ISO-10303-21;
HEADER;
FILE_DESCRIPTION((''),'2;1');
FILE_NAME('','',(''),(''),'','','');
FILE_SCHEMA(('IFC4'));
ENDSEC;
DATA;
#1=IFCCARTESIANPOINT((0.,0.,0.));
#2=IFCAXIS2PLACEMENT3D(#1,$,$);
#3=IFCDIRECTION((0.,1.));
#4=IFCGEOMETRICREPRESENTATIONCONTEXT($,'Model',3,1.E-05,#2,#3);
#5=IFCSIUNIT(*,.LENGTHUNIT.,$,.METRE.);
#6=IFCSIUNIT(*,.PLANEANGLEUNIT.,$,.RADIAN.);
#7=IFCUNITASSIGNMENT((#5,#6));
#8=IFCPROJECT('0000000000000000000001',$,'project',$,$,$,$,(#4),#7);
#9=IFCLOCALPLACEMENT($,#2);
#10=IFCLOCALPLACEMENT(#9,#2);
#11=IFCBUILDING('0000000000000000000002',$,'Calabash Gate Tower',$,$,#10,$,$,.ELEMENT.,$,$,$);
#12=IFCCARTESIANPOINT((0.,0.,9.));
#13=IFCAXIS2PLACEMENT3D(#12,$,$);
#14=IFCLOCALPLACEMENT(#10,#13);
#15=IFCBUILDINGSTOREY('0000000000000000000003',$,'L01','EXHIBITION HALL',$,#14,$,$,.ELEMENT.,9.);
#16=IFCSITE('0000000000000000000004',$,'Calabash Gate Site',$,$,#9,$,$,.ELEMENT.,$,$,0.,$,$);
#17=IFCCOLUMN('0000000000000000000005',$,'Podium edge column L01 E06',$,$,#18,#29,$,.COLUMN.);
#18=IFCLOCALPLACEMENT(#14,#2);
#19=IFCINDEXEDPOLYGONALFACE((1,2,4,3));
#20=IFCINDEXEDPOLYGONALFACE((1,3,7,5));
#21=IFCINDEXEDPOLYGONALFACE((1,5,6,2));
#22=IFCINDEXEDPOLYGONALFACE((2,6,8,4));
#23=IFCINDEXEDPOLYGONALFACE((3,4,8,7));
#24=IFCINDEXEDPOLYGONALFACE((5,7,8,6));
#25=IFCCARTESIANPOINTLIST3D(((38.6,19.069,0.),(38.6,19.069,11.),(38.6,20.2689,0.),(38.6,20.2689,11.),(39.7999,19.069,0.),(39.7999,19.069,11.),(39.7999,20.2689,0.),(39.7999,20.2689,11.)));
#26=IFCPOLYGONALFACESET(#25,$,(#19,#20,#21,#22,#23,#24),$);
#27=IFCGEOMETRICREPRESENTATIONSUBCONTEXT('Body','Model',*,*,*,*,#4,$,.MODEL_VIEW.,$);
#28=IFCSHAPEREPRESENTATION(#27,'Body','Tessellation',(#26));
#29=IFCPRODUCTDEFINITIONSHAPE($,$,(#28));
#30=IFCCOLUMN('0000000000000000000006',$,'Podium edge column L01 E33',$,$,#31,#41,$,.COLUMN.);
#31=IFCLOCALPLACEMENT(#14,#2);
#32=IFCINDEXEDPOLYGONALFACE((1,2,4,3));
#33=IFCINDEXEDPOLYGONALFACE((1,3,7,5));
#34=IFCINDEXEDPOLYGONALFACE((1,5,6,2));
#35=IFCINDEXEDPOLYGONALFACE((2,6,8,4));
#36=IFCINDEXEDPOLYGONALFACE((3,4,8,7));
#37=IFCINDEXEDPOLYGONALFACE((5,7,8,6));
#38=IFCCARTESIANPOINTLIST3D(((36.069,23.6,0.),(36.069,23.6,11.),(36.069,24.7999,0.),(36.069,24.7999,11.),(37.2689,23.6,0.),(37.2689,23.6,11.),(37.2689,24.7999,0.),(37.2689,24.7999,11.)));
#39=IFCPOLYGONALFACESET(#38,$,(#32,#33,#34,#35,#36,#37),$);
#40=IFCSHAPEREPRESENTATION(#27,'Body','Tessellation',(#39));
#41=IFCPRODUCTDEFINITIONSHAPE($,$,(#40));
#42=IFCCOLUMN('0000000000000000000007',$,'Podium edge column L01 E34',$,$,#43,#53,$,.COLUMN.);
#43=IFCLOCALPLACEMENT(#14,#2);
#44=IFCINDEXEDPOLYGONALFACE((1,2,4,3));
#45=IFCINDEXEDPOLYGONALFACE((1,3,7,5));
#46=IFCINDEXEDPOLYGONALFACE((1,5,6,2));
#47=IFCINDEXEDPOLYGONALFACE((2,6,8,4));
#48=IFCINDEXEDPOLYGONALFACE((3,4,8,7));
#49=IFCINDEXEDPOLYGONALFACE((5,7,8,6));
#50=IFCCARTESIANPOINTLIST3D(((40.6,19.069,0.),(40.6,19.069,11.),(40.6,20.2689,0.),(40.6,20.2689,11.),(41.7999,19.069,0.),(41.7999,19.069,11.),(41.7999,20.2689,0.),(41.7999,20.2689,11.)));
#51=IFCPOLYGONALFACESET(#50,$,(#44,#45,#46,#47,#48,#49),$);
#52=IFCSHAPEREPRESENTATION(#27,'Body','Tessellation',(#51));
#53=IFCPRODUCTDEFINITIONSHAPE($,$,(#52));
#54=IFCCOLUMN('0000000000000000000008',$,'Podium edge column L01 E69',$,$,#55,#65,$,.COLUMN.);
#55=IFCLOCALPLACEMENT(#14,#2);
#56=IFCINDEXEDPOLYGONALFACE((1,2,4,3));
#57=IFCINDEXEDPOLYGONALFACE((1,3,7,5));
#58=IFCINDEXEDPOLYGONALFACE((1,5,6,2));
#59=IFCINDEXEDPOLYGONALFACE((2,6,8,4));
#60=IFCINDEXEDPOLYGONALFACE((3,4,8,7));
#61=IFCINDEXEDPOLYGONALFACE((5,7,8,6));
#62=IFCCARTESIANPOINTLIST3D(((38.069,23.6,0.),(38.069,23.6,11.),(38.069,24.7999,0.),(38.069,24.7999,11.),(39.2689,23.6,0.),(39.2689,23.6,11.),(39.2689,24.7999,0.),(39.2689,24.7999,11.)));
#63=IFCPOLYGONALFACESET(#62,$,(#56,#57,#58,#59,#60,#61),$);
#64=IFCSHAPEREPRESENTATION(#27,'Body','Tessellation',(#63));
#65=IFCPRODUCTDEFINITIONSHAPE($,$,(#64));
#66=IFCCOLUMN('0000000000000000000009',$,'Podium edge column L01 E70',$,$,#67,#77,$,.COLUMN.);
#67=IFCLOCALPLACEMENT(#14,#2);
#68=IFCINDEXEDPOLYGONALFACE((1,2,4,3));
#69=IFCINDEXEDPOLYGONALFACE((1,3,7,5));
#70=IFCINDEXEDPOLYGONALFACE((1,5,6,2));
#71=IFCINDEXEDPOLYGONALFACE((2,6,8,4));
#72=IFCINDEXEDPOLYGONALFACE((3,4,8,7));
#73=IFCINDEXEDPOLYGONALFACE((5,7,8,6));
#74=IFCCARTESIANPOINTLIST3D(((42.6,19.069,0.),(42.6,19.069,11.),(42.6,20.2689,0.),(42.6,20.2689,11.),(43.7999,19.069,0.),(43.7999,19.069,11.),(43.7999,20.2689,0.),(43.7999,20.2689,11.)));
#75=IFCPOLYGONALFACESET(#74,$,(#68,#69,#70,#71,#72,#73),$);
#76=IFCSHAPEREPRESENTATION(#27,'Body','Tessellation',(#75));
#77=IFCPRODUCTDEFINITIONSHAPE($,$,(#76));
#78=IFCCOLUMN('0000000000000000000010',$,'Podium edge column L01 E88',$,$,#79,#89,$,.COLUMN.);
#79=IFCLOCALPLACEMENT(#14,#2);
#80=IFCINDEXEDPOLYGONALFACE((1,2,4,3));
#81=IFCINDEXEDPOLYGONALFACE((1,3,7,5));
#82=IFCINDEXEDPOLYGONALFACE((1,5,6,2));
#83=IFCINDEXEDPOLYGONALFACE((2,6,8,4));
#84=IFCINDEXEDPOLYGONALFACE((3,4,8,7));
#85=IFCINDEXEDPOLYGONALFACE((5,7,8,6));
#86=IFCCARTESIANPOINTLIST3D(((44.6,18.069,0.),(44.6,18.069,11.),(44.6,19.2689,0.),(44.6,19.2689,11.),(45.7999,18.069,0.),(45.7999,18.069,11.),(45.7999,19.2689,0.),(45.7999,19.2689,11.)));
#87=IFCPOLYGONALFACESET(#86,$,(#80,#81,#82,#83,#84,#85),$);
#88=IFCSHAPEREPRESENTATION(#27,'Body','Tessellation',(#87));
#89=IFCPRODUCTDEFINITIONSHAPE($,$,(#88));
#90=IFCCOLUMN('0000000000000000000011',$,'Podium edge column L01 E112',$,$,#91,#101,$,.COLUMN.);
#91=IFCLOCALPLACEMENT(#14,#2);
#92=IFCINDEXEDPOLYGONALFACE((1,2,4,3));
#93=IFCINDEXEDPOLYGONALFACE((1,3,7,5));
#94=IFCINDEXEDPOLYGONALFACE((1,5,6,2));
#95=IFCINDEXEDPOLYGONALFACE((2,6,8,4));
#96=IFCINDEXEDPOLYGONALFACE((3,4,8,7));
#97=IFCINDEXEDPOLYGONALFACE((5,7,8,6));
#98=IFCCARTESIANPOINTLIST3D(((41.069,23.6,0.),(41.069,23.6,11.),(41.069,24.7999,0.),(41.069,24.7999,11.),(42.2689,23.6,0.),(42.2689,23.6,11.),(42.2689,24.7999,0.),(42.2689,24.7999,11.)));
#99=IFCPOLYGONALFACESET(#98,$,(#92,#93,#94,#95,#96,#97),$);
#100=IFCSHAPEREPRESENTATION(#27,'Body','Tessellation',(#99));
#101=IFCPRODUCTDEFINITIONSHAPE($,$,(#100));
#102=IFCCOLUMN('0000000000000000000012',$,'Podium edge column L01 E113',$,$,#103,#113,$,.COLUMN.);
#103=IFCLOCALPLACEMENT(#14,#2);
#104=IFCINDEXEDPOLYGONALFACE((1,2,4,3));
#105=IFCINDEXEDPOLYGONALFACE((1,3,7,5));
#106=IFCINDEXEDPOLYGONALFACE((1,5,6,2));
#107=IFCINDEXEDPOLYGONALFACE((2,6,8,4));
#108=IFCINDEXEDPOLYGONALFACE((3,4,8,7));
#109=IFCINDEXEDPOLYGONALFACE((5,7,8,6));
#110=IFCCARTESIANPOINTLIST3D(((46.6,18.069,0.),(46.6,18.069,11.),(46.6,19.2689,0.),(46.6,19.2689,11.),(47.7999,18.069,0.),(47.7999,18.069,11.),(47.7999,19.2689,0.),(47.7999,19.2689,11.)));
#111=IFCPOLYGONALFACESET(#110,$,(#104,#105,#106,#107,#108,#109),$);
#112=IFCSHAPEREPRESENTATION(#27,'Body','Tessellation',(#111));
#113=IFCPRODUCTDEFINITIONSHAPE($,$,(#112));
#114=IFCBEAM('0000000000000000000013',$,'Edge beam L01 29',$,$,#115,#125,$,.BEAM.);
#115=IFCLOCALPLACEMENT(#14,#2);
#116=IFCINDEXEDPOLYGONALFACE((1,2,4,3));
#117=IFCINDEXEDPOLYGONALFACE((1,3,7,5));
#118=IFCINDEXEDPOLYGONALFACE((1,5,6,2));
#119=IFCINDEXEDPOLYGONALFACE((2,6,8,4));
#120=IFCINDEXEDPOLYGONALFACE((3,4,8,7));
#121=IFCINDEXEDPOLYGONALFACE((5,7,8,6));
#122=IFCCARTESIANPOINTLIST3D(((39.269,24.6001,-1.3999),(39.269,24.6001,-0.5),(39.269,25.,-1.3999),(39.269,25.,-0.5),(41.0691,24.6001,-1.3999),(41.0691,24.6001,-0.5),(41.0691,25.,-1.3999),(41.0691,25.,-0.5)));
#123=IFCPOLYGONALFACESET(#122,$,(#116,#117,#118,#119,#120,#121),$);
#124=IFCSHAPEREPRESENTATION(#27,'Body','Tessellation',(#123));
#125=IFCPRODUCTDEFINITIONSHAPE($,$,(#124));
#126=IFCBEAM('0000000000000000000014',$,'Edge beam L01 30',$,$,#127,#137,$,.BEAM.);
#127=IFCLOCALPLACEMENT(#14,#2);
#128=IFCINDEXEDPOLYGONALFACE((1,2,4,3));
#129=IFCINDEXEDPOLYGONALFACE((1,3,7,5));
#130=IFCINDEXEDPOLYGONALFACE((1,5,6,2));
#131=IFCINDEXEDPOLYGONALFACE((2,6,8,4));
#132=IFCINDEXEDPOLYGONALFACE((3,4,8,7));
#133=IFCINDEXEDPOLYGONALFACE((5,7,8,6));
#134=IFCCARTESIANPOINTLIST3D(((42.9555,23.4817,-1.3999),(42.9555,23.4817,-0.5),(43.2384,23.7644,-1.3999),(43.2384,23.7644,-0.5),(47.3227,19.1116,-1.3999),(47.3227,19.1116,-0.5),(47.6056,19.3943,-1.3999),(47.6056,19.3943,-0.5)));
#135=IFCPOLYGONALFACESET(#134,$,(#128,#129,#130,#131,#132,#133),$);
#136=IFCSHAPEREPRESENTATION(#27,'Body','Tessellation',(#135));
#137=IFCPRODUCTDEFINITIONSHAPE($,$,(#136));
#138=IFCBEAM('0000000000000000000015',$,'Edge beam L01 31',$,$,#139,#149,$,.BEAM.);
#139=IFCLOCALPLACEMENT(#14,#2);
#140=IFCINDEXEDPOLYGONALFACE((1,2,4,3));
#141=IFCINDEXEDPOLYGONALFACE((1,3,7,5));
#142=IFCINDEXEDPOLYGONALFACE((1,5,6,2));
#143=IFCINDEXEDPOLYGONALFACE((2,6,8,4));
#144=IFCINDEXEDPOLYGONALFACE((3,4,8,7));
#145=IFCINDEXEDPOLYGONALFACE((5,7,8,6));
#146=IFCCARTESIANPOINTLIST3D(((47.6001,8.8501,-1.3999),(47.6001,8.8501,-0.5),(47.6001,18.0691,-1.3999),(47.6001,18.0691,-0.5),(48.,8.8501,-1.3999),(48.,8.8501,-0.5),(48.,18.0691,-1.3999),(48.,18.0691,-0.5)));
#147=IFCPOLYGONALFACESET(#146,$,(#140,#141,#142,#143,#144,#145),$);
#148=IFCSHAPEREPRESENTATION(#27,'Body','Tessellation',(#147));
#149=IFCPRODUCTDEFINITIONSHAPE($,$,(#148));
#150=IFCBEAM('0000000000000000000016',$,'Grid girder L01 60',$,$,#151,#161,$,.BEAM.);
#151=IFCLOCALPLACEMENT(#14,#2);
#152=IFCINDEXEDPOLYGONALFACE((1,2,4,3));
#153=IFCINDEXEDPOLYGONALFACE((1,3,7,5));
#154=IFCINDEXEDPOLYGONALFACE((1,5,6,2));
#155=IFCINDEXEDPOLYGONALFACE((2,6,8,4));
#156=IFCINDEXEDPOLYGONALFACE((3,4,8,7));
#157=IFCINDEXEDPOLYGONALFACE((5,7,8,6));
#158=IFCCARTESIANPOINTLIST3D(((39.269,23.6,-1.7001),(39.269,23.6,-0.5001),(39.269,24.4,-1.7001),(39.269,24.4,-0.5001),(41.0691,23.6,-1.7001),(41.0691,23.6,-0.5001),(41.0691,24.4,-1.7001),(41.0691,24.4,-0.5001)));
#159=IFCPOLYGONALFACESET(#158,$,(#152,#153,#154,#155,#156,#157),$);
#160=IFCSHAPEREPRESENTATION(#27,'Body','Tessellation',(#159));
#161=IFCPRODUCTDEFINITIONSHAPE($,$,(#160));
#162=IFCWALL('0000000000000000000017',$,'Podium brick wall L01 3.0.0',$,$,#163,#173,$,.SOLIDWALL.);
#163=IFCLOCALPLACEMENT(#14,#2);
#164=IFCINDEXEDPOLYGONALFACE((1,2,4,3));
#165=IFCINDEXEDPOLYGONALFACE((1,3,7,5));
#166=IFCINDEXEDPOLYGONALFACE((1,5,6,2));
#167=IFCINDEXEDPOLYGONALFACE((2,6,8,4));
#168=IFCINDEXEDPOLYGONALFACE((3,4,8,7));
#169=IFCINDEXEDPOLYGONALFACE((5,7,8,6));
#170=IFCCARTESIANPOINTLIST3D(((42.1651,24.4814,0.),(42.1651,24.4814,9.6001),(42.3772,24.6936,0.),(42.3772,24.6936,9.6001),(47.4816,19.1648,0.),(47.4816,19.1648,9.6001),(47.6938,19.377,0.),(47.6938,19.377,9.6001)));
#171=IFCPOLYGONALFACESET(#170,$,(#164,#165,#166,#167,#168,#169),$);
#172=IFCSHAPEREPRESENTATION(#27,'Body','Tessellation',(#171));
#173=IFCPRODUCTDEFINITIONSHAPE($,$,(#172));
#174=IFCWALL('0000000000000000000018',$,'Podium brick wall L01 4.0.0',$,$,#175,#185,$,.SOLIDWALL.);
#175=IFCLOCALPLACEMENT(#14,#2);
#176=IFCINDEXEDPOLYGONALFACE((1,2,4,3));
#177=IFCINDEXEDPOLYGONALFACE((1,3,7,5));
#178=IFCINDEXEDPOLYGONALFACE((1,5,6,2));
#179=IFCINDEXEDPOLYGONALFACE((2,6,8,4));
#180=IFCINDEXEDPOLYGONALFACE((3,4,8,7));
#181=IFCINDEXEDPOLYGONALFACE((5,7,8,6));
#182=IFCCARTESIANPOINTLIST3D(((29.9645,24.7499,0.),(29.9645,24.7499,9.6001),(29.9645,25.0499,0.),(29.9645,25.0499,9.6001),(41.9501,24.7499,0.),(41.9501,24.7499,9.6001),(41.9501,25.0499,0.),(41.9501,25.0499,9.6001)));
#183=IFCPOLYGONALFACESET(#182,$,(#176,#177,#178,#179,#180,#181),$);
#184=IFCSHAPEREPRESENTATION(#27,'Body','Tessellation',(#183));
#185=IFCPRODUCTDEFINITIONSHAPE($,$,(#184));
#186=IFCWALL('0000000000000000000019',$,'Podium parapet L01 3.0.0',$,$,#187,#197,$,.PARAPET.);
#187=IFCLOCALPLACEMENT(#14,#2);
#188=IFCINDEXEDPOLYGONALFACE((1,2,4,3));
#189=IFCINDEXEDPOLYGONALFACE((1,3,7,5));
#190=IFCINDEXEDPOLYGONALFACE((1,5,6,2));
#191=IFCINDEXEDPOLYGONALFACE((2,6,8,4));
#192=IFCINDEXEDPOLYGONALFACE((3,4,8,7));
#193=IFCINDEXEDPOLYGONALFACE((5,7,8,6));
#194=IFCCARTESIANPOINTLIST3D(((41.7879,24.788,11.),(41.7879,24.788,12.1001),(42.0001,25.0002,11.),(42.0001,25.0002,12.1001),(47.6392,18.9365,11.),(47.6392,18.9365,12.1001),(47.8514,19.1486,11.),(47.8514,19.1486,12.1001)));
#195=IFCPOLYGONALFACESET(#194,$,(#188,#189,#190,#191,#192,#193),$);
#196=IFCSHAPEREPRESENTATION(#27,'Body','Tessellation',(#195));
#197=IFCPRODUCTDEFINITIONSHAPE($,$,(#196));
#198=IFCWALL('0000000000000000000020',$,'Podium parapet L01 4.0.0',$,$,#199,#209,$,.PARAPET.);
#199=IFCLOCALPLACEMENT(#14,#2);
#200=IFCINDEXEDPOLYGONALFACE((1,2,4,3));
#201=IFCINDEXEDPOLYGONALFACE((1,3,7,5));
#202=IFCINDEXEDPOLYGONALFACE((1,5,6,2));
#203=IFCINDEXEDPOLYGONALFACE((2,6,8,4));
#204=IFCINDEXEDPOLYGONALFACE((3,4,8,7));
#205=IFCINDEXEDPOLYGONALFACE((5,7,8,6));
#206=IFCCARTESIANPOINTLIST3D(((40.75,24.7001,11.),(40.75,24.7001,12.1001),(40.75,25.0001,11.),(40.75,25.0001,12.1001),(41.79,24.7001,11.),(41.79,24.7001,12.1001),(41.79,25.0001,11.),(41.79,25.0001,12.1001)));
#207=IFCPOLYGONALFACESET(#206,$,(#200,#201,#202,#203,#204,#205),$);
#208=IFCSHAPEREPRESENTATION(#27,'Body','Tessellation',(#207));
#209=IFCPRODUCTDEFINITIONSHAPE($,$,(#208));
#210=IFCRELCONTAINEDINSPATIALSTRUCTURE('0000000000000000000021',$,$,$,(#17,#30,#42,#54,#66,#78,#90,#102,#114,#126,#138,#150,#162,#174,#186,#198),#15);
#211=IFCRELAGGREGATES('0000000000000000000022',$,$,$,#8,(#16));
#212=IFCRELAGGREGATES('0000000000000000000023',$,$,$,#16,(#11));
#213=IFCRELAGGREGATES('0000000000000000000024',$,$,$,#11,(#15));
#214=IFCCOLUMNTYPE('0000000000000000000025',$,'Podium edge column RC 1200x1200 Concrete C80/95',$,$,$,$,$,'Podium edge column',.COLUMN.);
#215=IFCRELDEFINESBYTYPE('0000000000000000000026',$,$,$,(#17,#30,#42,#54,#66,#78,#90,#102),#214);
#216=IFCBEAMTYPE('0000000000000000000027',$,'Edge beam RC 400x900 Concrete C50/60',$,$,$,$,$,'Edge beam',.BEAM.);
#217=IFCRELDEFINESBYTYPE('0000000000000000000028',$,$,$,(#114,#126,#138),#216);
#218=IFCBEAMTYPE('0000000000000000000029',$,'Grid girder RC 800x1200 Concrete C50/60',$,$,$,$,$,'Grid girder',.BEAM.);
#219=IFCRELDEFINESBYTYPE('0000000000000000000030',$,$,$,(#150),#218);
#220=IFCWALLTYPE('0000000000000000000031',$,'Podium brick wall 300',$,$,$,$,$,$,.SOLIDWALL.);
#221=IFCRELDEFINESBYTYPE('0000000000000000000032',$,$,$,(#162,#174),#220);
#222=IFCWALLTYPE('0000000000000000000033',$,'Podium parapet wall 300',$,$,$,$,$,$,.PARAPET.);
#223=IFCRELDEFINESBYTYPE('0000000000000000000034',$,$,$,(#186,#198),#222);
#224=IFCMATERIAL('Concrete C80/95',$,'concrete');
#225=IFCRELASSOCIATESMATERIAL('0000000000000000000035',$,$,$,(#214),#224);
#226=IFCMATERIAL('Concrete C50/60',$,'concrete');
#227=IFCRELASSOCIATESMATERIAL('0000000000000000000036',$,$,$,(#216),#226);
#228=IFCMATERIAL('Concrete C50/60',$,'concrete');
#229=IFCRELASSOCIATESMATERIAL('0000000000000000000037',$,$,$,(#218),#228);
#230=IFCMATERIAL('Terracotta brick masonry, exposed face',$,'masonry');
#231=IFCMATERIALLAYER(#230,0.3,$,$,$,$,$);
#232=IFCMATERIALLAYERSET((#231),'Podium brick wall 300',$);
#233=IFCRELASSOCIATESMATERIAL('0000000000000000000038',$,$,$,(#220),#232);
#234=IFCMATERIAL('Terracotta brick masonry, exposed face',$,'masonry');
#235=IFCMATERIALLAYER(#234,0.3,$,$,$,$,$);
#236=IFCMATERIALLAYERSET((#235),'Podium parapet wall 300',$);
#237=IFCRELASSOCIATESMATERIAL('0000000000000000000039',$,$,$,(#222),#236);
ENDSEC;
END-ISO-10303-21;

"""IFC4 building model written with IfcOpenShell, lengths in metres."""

from ifc_helpers import new_model, si_unit, direction, frame, frame_2d, origin, origin_2d, place, context, subcontext, project, spatial, rectangle, extrude, material, layer, layer_set, material_profile, profile_set, type_object, element, save


model = new_model("IFC4")

# Units and contexts
model_context = context("Model", 3, precision=1e-05, world=origin(), true_north=direction((0.0, 1.0)))
body_context = subcontext(model_context, "Body", "Model", "MODEL_VIEW")
ifc_project = project(units=[si_unit("LENGTHUNIT", "METRE"), si_unit("PLANEANGLEUNIT", "RADIAN")], contexts=[model_context])

# Site, building, storey
site_placement = place(None, origin())
site = spatial("IfcSite", under=ifc_project, at=site_placement, Name="Calabash Gate Site", CompositionType="ELEMENT", RefElevation=0.0)
building_placement = place(site_placement, origin())
building = spatial("IfcBuilding", under=site, at=building_placement, Name="Calabash Gate Tower", CompositionType="ELEMENT")
storey_placement = place(building_placement, frame((0.0, 0.0, 9.0)))
storey = spatial("IfcBuildingStorey", under=building, at=storey_placement, Name="L01", Description="EXHIBITION HALL", CompositionType="ELEMENT", Elevation=9.0)

# Columns
ifc_material_1 = material(Name="Concrete C80/95", Category="concrete")
ifc_material_profile_1 = material_profile(ifc_material_1, rectangle(XDim=1.2, YDim=1.2, at=origin_2d()))
ifc_profile_set_1 = profile_set([ifc_material_profile_1], Name="Concrete C80/95")
column_type = type_object("IfcColumnType", Name="Podium edge column RC 1200x1200 Concrete C80/95", ElementType="Podium edge column", PredefinedType="COLUMN", material=ifc_profile_set_1)
for number, where, z_axis, x_axis, name in (
    (1, (39.2, 19.6689, 0.0), (0.0, 0.0, 1.0), (1.0, 0.0, 0.0), "Podium edge column L01 E06"),
    (2, (36.6689, 24.2, 0.0), (0.0, 0.0, 1.0), (1.0, 0.0, 0.0), "Podium edge column L01 E33"),
    (3, (41.2, 19.6689, 0.0), (0.0, 0.0, 1.0), (1.0, 0.0, 0.0), "Podium edge column L01 E34"),
    (4, (38.6689, 24.2, 0.0), (0.0, 0.0, 1.0), (1.0, 0.0, 0.0), "Podium edge column L01 E69"),
    (5, (43.2, 19.6689, 0.0), (0.0, 0.0, 1.0), (1.0, 0.0, 0.0), "Podium edge column L01 E70"),
    (6, (45.2, 18.6689, 0.0), (0.0, 0.0, 1.0), (1.0, 0.0, 0.0), "Podium edge column L01 E88"),
    (7, (41.6689, 24.2, 0.0), (0.0, 0.0, 1.0), (1.0, 0.0, 0.0), "Podium edge column L01 E112"),
    (8, (47.2, 18.6689, 0.0), (0.0, 0.0, 1.0), (1.0, 0.0, 0.0), "Podium edge column L01 E113"),
):
    element("IfcColumn", number, at=place(storey_placement, frame(where, z_axis=z_axis, x_axis=x_axis)), inside=storey, type_object=column_type, Name=name, PredefinedType="COLUMN", context=body_context, shape_type="SweptSolid", body=[
        extrude(rectangle(XDim=1.2, YDim=1.2, at=origin_2d()), origin(), (0.0, 0.0, 1.0), 11.0),
    ])

# Beams
ifc_material_2 = material(Name="Concrete C50/60", Category="concrete")
ifc_material_profile_2 = material_profile(ifc_material_2, rectangle(XDim=0.3999, YDim=0.8999, at=origin_2d()))
ifc_profile_set_2 = profile_set([ifc_material_profile_2], Name="Concrete C50/60")
beam_type_1 = type_object("IfcBeamType", Name="Edge beam RC 400x900 Concrete C50/60", ElementType="Edge beam", PredefinedType="BEAM", material=ifc_profile_set_2)
beam_1_placement = place(storey_placement, frame((39.269, 24.8, -0.95), z_axis=(1.0, 0.0, 0.0), x_axis=(0.0, 1.0, 0.0)))
element("IfcBeam", 9, at=beam_1_placement, inside=storey, type_object=beam_type_1, Name="Edge beam L01 29", PredefinedType="BEAM", context=body_context, shape_type="SweptSolid", body=[
    extrude(rectangle(XDim=0.3999, YDim=0.8999, at=origin_2d()), origin(), (0.0, 0.0, 1.0), 1.8),
])
beam_2_placement = place(storey_placement, frame((43.0969, 23.623, -0.95), z_axis=(0.70687, -0.707344, 0.0), x_axis=(0.707344, 0.70687, 0.0)))
element("IfcBeam", 10, at=beam_2_placement, inside=storey, type_object=beam_type_1, Name="Edge beam L01 30", PredefinedType="BEAM", context=body_context, shape_type="SweptSolid", body=[
    extrude(rectangle(XDim=0.3999, YDim=0.8999, at=origin_2d()), origin(), (0.0, 0.0, 1.0), 6.1782),
])
beam_3_placement = place(storey_placement, frame((47.8, 18.0691, -0.95), z_axis=(0.0, -1.0, 0.0), x_axis=(1.0, 0.0, 0.0)))
element("IfcBeam", 11, at=beam_3_placement, inside=storey, type_object=beam_type_1, Name="Edge beam L01 31", PredefinedType="BEAM", context=body_context, shape_type="SweptSolid", body=[
    extrude(rectangle(XDim=0.3999, YDim=0.8999, at=origin_2d()), origin(), (0.0, 0.0, 1.0), 9.219),
])
ifc_material_3 = material(Name="Concrete C50/60", Category="concrete")
ifc_material_profile_3 = material_profile(ifc_material_3, rectangle(XDim=0.8, YDim=1.2, at=origin_2d()))
ifc_profile_set_3 = profile_set([ifc_material_profile_3], Name="Concrete C50/60")
beam_type_2 = type_object("IfcBeamType", Name="Grid girder RC 800x1200 Concrete C50/60", ElementType="Grid girder", PredefinedType="BEAM", material=ifc_profile_set_3)
beam_4_placement = place(storey_placement, frame((39.269, 24.0, -1.1001), z_axis=(1.0, 0.0, 0.0), x_axis=(0.0, 1.0, 0.0)))
element("IfcBeam", 12, at=beam_4_placement, inside=storey, type_object=beam_type_2, Name="Grid girder L01 60", PredefinedType="BEAM", context=body_context, shape_type="SweptSolid", body=[
    extrude(rectangle(XDim=0.8, YDim=1.2, at=origin_2d()), origin(), (0.0, 0.0, 1.0), 1.8),
])

# Walls
ifc_material_4 = material(Name="Terracotta brick masonry, exposed face", Category="masonry")
ifc_layer_1 = layer(ifc_material_4, 0.3)
ifc_layer_set_1 = layer_set([ifc_layer_1], Name="Podium brick wall 300")
wall_type_1 = type_object("IfcWallType", Name="Podium brick wall 300", PredefinedType="SOLIDWALL", material=ifc_layer_set_1)
wall_1_placement = place(storey_placement, frame((47.5876, 19.271, 0.0), z_axis=(0.0, 0.0, 1.0), x_axis=(-0.707107, 0.707107, 0.0)))
element("IfcWall", 13, at=wall_1_placement, inside=storey, type_object=wall_type_1, Name="Podium brick wall L01 3.0.0", PredefinedType="SOLIDWALL", context=body_context, shape_type="SweptSolid", body=[
    extrude(rectangle(XDim=7.5188, YDim=0.3, at=frame_2d((3.7593, 0.0))), origin(), (0.0, 0.0, 1.0), 9.6001),
])
wall_2_placement = place(storey_placement, frame((41.95, 24.8999, 0.0), z_axis=(0.0, 0.0, 1.0), x_axis=(-1.0, 0.0, 0.0)))
element("IfcWall", 14, at=wall_2_placement, inside=storey, type_object=wall_type_1, Name="Podium brick wall L01 4.0.0", PredefinedType="SOLIDWALL", context=body_context, shape_type="SweptSolid", body=[
    extrude(rectangle(XDim=11.9856, YDim=0.3, at=frame_2d((5.9927, 0.0))), origin(), (0.0, 0.0, 1.0), 9.6001),
])
ifc_material_5 = material(Name="Terracotta brick masonry, exposed face", Category="masonry")
ifc_layer_2 = layer(ifc_material_5, 0.3)
ifc_layer_set_2 = layer_set([ifc_layer_2], Name="Podium parapet wall 300")
wall_type_2 = type_object("IfcWallType", Name="Podium parapet wall 300", PredefinedType="PARAPET", material=ifc_layer_set_2)
wall_3_placement = place(storey_placement, frame((47.7454, 19.0425, 11.0), z_axis=(0.0, 0.0, 1.0), x_axis=(-0.707092, 0.707122, 0.0)))
element("IfcWall", 15, at=wall_3_placement, inside=storey, type_object=wall_type_2, Name="Podium parapet L01 3.0.0", PredefinedType="PARAPET", context=body_context, shape_type="SweptSolid", body=[
    extrude(rectangle(XDim=8.2751, YDim=0.3, at=frame_2d((4.1377, 0.0))), origin(), (0.0, 0.0, 1.0), 1.1001),
])
wall_4_placement = place(storey_placement, frame((41.79, 24.8501, 11.0), z_axis=(0.0, 0.0, 1.0), x_axis=(-1.0, 0.0, 0.0)))
element("IfcWall", 16, at=wall_4_placement, inside=storey, type_object=wall_type_2, Name="Podium parapet L01 4.0.0", PredefinedType="PARAPET", context=body_context, shape_type="SweptSolid", body=[
    extrude(rectangle(XDim=1.04, YDim=0.3, at=frame_2d((0.52, 0.0))), origin(), (0.0, 0.0, 1.0), 1.1001),
])

save(model, "model.ifc")
